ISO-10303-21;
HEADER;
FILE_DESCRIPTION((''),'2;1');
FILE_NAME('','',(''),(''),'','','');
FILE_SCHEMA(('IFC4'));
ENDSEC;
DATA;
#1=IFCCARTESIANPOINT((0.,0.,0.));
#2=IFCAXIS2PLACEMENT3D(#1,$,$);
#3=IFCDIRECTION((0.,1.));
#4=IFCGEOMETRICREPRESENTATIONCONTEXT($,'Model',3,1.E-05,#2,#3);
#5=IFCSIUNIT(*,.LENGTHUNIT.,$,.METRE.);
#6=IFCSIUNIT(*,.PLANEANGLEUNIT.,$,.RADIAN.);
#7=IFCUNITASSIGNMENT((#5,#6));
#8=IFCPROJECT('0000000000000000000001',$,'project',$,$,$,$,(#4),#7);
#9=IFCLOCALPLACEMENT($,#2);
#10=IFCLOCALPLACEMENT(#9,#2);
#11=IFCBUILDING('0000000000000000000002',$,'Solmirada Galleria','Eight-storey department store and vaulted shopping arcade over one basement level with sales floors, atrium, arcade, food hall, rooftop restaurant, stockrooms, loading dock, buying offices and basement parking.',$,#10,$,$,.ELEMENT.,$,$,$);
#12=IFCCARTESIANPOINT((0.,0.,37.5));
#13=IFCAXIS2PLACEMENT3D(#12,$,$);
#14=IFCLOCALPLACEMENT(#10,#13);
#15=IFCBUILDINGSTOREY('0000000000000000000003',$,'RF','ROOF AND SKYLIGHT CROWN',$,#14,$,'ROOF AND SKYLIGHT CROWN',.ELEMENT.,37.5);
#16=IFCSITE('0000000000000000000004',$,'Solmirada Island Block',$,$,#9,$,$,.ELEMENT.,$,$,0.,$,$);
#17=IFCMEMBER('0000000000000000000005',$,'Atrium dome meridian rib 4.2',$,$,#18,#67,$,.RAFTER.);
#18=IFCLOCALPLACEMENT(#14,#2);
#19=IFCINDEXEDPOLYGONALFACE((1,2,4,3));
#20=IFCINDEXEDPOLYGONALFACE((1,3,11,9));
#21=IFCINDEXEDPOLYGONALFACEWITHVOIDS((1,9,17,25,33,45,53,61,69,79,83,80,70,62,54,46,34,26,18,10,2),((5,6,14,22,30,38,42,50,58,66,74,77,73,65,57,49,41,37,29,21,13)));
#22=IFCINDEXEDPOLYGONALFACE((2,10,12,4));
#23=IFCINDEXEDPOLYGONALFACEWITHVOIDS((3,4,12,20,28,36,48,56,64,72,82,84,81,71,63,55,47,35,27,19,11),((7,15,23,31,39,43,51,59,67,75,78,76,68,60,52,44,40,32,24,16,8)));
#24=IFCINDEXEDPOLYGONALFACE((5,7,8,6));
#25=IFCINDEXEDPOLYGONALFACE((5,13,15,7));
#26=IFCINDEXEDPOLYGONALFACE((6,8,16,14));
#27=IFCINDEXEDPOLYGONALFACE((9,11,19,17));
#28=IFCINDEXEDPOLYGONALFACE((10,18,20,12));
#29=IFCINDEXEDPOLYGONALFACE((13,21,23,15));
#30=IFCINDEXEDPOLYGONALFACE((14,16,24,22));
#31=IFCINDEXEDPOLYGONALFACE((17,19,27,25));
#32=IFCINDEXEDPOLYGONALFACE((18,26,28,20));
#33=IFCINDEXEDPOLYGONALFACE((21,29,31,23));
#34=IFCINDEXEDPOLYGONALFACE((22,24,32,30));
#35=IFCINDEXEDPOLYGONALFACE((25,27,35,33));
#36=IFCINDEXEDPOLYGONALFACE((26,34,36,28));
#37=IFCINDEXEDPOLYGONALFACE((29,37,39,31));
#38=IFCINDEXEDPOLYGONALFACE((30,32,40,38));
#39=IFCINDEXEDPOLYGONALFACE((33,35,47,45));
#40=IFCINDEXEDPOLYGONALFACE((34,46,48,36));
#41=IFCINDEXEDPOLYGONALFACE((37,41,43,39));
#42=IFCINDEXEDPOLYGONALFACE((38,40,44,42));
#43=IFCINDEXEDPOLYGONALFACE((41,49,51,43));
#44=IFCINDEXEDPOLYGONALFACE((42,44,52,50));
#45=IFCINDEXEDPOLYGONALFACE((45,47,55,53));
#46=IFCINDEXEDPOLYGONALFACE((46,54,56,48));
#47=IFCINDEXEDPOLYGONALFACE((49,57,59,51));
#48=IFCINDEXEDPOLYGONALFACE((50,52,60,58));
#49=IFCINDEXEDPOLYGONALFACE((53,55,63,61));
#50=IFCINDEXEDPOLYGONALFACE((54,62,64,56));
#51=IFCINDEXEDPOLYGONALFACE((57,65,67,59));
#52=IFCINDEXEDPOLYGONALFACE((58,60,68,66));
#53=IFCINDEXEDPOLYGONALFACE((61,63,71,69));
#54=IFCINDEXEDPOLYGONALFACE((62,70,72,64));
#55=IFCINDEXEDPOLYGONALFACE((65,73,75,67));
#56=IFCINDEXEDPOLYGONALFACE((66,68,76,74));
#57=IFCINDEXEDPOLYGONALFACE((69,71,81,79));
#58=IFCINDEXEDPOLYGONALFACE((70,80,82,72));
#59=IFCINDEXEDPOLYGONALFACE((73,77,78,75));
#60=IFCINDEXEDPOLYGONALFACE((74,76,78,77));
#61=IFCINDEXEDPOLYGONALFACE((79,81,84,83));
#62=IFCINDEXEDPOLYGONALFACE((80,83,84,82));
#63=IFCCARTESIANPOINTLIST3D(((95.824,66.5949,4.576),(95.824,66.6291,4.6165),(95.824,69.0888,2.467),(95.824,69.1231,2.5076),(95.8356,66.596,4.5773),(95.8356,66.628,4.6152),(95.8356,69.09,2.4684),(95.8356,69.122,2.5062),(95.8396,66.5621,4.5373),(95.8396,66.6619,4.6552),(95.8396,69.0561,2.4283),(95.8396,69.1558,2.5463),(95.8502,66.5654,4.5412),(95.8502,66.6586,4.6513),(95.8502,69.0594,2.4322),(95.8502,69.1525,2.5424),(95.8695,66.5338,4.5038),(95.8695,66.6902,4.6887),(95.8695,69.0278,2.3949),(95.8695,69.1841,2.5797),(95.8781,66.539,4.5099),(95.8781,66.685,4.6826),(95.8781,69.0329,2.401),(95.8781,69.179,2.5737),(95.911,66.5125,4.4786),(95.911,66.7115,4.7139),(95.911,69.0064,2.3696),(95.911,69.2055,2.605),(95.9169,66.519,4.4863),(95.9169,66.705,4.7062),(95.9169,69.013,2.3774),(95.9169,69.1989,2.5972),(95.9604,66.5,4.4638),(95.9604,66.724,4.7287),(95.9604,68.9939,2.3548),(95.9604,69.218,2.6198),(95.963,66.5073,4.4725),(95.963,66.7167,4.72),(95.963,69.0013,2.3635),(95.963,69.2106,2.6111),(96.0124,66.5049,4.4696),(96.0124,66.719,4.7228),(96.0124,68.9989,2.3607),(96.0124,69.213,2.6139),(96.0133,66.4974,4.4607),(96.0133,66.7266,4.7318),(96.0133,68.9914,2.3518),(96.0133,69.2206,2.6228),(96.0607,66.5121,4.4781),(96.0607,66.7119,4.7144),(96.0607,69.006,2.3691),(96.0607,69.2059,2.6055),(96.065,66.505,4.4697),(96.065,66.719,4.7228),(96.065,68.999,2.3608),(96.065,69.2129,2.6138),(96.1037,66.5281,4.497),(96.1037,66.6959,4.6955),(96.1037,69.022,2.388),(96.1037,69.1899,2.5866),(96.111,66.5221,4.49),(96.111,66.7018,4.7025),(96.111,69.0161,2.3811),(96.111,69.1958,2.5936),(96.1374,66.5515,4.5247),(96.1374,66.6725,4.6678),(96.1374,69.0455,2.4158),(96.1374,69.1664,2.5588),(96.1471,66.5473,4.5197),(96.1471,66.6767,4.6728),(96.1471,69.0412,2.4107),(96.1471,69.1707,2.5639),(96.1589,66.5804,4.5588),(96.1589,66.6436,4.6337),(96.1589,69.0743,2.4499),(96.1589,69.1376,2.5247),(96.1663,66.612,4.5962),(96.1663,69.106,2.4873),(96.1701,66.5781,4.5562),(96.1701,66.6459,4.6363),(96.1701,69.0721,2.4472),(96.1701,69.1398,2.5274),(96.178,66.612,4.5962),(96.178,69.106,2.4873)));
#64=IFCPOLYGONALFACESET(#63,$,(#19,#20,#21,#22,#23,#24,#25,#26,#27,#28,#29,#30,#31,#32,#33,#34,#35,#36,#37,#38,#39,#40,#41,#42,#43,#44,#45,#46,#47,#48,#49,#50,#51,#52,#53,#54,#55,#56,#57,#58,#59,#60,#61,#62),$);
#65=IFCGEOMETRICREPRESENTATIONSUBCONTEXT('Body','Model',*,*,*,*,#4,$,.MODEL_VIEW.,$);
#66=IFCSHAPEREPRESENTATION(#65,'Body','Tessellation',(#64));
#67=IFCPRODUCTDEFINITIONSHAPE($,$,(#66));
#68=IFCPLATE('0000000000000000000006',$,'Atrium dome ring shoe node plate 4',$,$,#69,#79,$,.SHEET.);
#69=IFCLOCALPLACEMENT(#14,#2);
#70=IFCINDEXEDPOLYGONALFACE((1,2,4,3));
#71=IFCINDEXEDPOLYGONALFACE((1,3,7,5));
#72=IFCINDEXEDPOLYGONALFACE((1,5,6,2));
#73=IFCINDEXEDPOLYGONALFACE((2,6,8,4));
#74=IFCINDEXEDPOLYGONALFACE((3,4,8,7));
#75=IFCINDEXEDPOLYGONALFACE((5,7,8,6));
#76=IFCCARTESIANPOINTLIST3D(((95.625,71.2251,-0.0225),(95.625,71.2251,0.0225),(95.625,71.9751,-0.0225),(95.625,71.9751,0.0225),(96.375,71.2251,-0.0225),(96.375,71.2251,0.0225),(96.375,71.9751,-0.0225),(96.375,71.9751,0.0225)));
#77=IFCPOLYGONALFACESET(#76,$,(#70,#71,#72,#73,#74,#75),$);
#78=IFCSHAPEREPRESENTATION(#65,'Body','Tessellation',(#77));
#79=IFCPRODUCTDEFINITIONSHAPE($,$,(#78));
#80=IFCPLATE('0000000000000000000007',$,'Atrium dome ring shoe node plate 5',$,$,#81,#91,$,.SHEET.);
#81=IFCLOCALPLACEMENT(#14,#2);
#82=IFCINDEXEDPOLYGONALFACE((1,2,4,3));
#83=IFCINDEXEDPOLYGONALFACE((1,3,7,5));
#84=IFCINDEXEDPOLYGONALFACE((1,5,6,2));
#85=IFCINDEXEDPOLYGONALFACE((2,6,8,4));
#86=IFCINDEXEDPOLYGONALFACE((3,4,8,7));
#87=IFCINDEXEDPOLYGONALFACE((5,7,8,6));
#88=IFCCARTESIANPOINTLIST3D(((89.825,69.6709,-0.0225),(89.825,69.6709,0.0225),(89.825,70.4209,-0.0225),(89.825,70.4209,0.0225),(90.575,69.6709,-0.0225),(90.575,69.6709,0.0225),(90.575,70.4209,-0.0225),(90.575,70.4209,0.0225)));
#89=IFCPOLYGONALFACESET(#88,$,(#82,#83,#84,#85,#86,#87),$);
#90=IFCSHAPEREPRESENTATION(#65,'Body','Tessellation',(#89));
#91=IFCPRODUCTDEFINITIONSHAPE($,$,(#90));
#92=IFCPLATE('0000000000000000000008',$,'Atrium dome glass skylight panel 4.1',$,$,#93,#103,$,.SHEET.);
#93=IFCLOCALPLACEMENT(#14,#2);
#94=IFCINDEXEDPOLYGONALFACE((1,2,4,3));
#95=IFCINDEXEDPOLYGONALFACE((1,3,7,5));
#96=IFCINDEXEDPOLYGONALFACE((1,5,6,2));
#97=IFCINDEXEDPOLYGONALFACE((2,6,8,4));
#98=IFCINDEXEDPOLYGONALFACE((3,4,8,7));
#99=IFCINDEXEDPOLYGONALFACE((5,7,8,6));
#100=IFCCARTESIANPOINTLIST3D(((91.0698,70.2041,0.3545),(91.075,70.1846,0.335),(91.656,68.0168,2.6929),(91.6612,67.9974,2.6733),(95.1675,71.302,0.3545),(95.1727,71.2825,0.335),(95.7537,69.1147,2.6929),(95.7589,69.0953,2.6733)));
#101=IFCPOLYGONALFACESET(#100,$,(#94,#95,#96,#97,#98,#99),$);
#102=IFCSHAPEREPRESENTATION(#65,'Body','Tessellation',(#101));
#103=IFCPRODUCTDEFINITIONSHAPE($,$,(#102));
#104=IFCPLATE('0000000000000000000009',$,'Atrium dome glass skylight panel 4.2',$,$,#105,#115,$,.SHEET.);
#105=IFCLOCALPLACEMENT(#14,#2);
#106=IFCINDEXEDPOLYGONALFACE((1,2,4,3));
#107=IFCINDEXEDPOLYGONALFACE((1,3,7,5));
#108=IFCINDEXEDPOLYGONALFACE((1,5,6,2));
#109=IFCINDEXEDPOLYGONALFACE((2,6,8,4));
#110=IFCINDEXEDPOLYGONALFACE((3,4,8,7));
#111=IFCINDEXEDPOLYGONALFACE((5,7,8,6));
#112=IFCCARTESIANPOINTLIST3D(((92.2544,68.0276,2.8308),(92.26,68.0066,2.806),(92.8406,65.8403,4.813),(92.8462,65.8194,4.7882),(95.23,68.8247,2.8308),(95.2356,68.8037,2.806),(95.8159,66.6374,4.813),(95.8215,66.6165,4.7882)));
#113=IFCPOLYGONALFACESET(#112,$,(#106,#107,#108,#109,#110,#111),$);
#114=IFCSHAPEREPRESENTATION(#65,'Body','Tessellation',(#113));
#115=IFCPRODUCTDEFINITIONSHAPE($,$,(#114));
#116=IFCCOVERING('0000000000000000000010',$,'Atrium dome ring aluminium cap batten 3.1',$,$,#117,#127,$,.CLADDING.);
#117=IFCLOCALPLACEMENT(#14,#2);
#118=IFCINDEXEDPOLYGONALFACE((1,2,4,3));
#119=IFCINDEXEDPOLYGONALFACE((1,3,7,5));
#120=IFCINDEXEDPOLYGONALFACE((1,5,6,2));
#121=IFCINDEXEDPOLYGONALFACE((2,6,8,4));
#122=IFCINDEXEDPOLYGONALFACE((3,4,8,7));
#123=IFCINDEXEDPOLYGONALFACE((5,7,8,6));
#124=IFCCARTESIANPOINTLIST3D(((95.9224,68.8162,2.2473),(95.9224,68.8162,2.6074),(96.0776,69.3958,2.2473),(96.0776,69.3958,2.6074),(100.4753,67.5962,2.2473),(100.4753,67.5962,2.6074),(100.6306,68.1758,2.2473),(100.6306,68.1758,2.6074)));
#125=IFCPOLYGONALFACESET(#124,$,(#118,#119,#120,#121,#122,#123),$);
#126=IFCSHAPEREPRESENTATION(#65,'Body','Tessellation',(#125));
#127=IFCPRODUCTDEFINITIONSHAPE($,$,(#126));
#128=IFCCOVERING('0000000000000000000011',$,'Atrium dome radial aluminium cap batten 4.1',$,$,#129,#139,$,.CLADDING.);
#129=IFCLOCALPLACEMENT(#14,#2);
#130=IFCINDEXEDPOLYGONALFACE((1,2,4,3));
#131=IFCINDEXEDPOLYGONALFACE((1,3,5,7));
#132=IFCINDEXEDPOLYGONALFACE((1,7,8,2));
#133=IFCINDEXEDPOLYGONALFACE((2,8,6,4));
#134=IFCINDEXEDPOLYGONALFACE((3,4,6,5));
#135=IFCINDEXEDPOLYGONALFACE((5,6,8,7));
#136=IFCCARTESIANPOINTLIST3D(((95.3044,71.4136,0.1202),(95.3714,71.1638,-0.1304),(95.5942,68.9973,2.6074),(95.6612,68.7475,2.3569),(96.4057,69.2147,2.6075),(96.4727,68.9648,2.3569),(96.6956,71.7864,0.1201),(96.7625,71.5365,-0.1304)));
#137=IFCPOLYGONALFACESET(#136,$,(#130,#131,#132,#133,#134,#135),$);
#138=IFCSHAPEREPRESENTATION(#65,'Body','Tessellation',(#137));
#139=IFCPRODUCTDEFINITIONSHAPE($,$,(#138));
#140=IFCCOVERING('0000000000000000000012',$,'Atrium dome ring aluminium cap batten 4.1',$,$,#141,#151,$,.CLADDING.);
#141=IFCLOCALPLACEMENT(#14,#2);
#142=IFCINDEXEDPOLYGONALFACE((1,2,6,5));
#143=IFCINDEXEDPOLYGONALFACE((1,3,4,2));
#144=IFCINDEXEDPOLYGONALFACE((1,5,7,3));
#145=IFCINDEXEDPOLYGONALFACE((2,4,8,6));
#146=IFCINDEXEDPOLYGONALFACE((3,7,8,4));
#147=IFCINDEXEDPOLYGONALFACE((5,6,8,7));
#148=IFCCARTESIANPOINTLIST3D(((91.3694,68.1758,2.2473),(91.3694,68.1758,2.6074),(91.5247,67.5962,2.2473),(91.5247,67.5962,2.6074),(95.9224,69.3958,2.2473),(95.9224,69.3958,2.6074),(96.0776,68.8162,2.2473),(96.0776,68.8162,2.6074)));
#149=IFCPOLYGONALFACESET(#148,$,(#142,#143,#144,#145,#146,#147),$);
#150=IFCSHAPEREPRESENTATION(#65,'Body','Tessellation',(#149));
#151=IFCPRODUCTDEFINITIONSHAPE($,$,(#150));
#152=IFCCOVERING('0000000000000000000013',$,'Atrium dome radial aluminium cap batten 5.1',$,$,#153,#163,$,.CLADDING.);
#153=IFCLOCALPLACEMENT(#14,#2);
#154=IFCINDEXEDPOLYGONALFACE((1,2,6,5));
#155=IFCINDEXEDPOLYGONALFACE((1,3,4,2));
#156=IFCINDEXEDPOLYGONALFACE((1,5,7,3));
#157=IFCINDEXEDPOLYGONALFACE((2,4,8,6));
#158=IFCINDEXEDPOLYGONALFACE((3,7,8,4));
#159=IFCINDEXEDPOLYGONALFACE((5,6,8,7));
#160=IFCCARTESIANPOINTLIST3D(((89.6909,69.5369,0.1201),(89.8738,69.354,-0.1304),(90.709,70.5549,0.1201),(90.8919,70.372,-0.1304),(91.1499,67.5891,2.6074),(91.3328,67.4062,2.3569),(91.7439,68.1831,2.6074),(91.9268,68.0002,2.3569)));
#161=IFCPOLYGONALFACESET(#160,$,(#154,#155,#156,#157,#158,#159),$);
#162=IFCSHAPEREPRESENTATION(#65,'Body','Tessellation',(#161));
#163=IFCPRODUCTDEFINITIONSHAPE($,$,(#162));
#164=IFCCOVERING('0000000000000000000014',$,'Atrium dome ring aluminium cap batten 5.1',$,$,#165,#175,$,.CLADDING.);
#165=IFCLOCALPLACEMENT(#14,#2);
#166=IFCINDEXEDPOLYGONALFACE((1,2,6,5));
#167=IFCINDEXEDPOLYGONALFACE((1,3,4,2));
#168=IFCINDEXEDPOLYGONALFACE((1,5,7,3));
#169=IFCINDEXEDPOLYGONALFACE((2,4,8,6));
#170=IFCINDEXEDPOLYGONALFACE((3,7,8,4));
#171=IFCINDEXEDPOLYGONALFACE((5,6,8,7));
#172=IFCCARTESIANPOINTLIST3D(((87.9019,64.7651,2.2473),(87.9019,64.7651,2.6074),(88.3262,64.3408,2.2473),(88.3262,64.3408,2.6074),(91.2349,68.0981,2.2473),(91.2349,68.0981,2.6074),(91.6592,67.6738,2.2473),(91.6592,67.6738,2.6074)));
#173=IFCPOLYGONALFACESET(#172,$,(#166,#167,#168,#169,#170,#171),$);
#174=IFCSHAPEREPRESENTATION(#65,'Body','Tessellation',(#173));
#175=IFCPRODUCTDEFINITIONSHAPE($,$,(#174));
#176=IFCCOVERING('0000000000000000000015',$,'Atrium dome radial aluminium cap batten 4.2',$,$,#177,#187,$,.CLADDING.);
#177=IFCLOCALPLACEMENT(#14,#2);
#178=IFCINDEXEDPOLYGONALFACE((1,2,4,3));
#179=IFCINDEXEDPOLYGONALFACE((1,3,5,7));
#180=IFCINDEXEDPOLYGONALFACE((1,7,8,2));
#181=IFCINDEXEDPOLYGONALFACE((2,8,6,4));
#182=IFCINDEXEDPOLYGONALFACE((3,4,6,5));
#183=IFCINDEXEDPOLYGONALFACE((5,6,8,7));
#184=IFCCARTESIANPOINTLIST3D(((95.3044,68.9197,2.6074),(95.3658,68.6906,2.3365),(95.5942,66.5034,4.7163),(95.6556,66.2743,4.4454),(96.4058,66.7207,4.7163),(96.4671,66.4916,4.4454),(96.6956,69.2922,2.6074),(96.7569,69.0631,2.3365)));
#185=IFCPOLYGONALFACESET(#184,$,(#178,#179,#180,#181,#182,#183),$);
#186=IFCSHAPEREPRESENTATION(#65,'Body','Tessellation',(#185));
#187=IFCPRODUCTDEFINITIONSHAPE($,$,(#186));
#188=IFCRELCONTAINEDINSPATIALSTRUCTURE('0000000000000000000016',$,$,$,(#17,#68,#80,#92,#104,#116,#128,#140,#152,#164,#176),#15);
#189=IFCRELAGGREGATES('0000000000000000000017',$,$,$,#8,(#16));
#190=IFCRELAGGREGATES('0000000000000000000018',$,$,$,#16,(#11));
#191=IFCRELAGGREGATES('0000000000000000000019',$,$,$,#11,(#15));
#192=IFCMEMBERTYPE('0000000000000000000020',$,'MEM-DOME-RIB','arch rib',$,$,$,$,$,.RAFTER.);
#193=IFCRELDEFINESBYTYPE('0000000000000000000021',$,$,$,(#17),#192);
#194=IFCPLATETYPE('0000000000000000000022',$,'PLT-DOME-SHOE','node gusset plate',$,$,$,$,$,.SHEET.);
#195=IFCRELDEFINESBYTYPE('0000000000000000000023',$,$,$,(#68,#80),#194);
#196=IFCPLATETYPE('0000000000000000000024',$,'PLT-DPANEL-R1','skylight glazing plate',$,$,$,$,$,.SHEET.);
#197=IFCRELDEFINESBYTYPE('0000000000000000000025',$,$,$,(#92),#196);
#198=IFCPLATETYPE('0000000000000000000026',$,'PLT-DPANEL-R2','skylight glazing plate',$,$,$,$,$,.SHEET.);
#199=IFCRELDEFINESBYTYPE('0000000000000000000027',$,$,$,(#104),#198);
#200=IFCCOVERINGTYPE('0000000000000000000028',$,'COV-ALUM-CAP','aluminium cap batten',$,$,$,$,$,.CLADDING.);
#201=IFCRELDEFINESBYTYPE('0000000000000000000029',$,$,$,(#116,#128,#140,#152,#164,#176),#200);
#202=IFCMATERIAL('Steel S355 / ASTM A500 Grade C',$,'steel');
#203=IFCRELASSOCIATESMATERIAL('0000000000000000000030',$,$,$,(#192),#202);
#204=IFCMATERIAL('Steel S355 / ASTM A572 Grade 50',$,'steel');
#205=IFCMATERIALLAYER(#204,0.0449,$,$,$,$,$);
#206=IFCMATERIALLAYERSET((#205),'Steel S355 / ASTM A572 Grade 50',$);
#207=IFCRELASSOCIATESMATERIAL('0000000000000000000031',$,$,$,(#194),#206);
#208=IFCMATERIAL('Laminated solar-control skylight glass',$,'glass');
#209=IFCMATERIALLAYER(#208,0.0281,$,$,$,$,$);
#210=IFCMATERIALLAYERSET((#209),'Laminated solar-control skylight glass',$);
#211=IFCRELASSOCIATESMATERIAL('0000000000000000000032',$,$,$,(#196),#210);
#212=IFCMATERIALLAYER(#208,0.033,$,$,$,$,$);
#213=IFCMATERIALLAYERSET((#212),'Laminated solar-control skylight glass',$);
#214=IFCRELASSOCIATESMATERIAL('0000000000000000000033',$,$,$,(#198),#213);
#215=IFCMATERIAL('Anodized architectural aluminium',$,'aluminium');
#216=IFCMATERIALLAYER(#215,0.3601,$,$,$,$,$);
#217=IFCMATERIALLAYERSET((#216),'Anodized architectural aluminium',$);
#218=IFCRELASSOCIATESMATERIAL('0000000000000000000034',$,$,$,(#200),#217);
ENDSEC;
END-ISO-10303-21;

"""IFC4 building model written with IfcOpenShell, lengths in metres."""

from ifc_helpers import new_model, si_unit, direction, frame, origin, origin_2d, place, context, subcontext, project, spatial, polyline, rectangle, hollow_circle, outline, extrude, material, layer, layer_set, material_profile, profile_set, type_object, element, save


model = new_model("IFC4")

# Units and contexts
model_context = context("Model", 3, precision=1e-05, world=origin(), true_north=direction((0.0, 1.0)))
body_context = subcontext(model_context, "Body", "Model", "MODEL_VIEW")
ifc_project = project(units=[si_unit("LENGTHUNIT", "METRE"), si_unit("PLANEANGLEUNIT", "RADIAN")], contexts=[model_context])

# Site, building, storey
site_placement = place(None, origin())
site = spatial("IfcSite", under=ifc_project, at=site_placement, Name="Solmirada Island Block", CompositionType="ELEMENT", RefElevation=0.0)
building_placement = place(site_placement, origin())
building = spatial("IfcBuilding", under=site, at=building_placement, Name="Solmirada Galleria", Description="Eight-storey department store and vaulted shopping arcade over one basement level with sales floors, atrium, arcade, food hall, rooftop restaurant, stockrooms, loading dock, buying offices and basement parking.", CompositionType="ELEMENT")
storey_placement = place(building_placement, frame((0.0, 0.0, 37.5)))
storey = spatial("IfcBuildingStorey", under=building, at=storey_placement, Name="RF", Description="ROOF AND SKYLIGHT CROWN", LongName="ROOF AND SKYLIGHT CROWN", CompositionType="ELEMENT", Elevation=37.5)

# Member
ifc_material_1 = material(Name="Steel S355 / ASTM A500 Grade C", Category="steel")
ifc_material_profile_1 = material_profile(ifc_material_1, hollow_circle(Radius=0.178, WallThickness=0.0117, at=origin_2d()), Name="HSS14.000X0.500")
ifc_profile_set_1 = profile_set([ifc_material_profile_1], Name="Steel S355 / ASTM A500 Grade C")
member_type_1 = type_object("IfcMemberType", Name="MEM-DOME-RIB", Description="arch rib", PredefinedType="RAFTER", material=ifc_profile_set_1)
member_1_placement = place(storey_placement, frame((96.0, 69.106, 2.4873), z_axis=(0.0, -0.763588, 0.645704), x_axis=(1.0, 0.0, 0.0)))
element("IfcMember", 1, at=member_1_placement, inside=storey, type_object=member_type_1, Name="Atrium dome meridian rib 4.2", PredefinedType="RAFTER", context=body_context, shape_type="SweptSolid", body=[
    extrude(hollow_circle(Radius=0.178, WallThickness=0.0117, at=origin_2d()), origin(), (0.0, 0.0, 1.0), 3.2661),
])

# Plates
ifc_material_2 = material(Name="Steel S355 / ASTM A572 Grade 50", Category="steel")
ifc_layer_1 = layer(ifc_material_2, 0.0449)
ifc_layer_set_1 = layer_set([ifc_layer_1], Name="Steel S355 / ASTM A572 Grade 50")
plate_type_1 = type_object("IfcPlateType", Name="PLT-DOME-SHOE", Description="node gusset plate", PredefinedType="SHEET", material=ifc_layer_set_1)
for number, where, z_axis, x_axis, name in (
    (2, (96.0, 71.6001, -0.0225), (0.0, 0.0, 1.0), (1.0, 0.0, 0.0), "Atrium dome ring shoe node plate 4"),
    (3, (90.2, 70.0459, -0.0225), (0.0, 0.0, 1.0), (1.0, 0.0, 0.0), "Atrium dome ring shoe node plate 5"),
):
    element("IfcPlate", number, at=place(storey_placement, frame(where, z_axis=z_axis, x_axis=x_axis)), inside=storey, type_object=plate_type_1, Name=name, PredefinedType="SHEET", context=body_context, shape_type="SweptSolid", body=[
        extrude(rectangle(XDim=0.75, YDim=0.75, at=origin_2d()), origin(), (0.0, 0.0, 1.0), 0.0449),
    ])
ifc_material_3 = material(Name="Laminated solar-control skylight glass", Category="glass")
ifc_layer_2 = layer(ifc_material_3, 0.0281)
ifc_layer_set_2 = layer_set([ifc_layer_2], Name="Laminated solar-control skylight glass")
plate_type_2 = type_object("IfcPlateType", Name="PLT-DPANEL-R1", Description="skylight glazing plate", PredefinedType="SHEET", material=ifc_layer_set_2)
plate_1_placement = place(storey_placement, frame((95.1675, 71.302, 0.3545), z_axis=(-0.185919, 0.693897, 0.695658), x_axis=(-0.96593, -0.258805, 0.0)))
element("IfcPlate", 4, at=plate_1_placement, inside=storey, type_object=plate_type_2, Name="Atrium dome glass skylight panel 4.1", PredefinedType="SHEET", context=body_context, shape_type="SweptSolid", body=[
    extrude(outline(polyline([(0.0, 0.0), (4.2422, 0.0), (4.2421, 3.2551), (-0.0001, 3.2551), (0.0, 0.0)])), origin(), (0.0, 0.0, -1.0), 0.0281),
])
ifc_layer_3 = layer(ifc_material_3, 0.033)
ifc_layer_set_3 = layer_set([ifc_layer_3], Name="Laminated solar-control skylight glass")
plate_type_3 = type_object("IfcPlateType", Name="PLT-DPANEL-R2", Description="skylight glazing plate", PredefinedType="SHEET", material=ifc_layer_set_3)
plate_2_placement = place(storey_placement, frame((95.23, 68.8247, 2.8308), z_axis=(-0.170443, 0.636224, 0.752442), x_axis=(-0.96594, -0.258767, -0.000005)))
element("IfcPlate", 5, at=plate_2_placement, inside=storey, type_object=plate_type_3, Name="Atrium dome glass skylight panel 4.2", PredefinedType="SHEET", context=body_context, shape_type="SweptSolid", body=[
    extrude(outline(polyline([(0.0, 0.0), (3.0805, 0.0), (3.0803, 3.0094), (0.0, 3.0094), (0.0, 0.0)])), origin(), (0.0, 0.0, -1.0), 0.033),
])

# Coverings
ifc_material_4 = material(Name="Anodized architectural aluminium", Category="aluminium")
ifc_layer_4 = layer(ifc_material_4, 0.3601)
ifc_layer_set_4 = layer_set([ifc_layer_4], Name="Anodized architectural aluminium")
covering_type = type_object("IfcCoveringType", Name="COV-ALUM-CAP", Description="aluminium cap batten", PredefinedType="CLADDING", material=ifc_layer_set_4)
covering_1_placement = place(storey_placement, frame((100.6306, 68.1758, 2.6074), z_axis=(0.0, 0.0, 1.0), x_axis=(-0.258777, -0.965937, 0.0)))
element("IfcCovering", 6, at=covering_1_placement, inside=storey, type_object=covering_type, Name="Atrium dome ring aluminium cap batten 3.1", PredefinedType="CLADDING", context=body_context, shape_type="SweptSolid", body=[
    extrude(outline(polyline([(0.0, 0.0), (0.6, 0.0), (0.5998, -4.7136), (-0.0002, -4.7136), (0.0, 0.0)])), origin(), (0.0, 0.0, -1.0), 0.3601),
])
covering_2_placement = place(storey_placement, frame((96.6956, 71.7864, 0.1201), z_axis=(-0.185882, 0.693846, 0.695719), x_axis=(-0.965927, -0.258814, 0.000041)))
element("IfcCovering", 7, at=covering_2_placement, inside=storey, type_object=covering_type, Name="Atrium dome radial aluminium cap batten 4.1", PredefinedType="CLADDING", context=body_context, shape_type="SweptSolid", body=[
    extrude(outline(polyline([(0.0, 0.0), (1.4402, 0.0), (1.7857, 3.4626), (0.9456, 3.4627), (0.0, 0.0)])), origin(), (0.0, 0.0, -1.0), 0.3601),
])
covering_3_placement = place(storey_placement, frame((95.9224, 69.3958, 2.6074), z_axis=(0.0, 0.0, 1.0), x_axis=(0.258777, -0.965937, 0.0)))
element("IfcCovering", 8, at=covering_3_placement, inside=storey, type_object=covering_type, Name="Atrium dome ring aluminium cap batten 4.1", PredefinedType="CLADDING", context=body_context, shape_type="SweptSolid", body=[
    extrude(outline(polyline([(0.0, 0.0), (0.6, 0.0), (0.6002, -4.7136), (0.0002, -4.7136), (0.0, 0.0)])), origin(), (0.0, 0.0, -1.0), 0.3601),
])
covering_4_placement = place(storey_placement, frame((90.709, 70.5549, 0.1201), z_axis=(-0.507939, 0.507939, 0.695699), x_axis=(-0.707107, -0.707107, 0.0)))
element("IfcCovering", 9, at=covering_4_placement, inside=storey, type_object=covering_type, Name="Atrium dome radial aluminium cap batten 5.1", PredefinedType="CLADDING", context=body_context, shape_type="SweptSolid", body=[
    extrude(outline(polyline([(0.0, 0.0), (1.4398, 0.0), (1.7854, 3.4626), (0.9453, 3.4626), (0.0, 0.0)])), origin(), (0.0, 0.0, -1.0), 0.3601),
])
covering_5_placement = place(storey_placement, frame((91.2349, 68.0981, 2.6074), z_axis=(0.0, 0.0, 1.0), x_axis=(0.707107, -0.707107, 0.0)))
element("IfcCovering", 10, at=covering_5_placement, inside=storey, type_object=covering_type, Name="Atrium dome ring aluminium cap batten 5.1", PredefinedType="CLADDING", context=body_context, shape_type="SweptSolid", body=[
    extrude(outline(polyline([(0.0, 0.0), (0.6001, 0.0), (0.6001, -4.7136), (0.0, -4.7136), (0.0, 0.0)])), origin(), (0.0, 0.0, -1.0), 0.3601),
])
covering_6_placement = place(storey_placement, frame((96.6956, 69.2922, 2.6074), z_axis=(-0.170385, 0.636263, 0.752422), x_axis=(-0.965961, -0.258687, 0.000011)))
element("IfcCovering", 11, at=covering_6_placement, inside=storey, type_object=covering_type, Name="Atrium dome radial aluminium cap batten 4.2", PredefinedType="CLADDING", context=body_context, shape_type="SweptSolid", body=[
    extrude(outline(polyline([(0.0, 0.0), (1.4401, 0.0), (1.7853, 3.2017), (0.9452, 3.2017), (0.0, 0.0)])), origin(), (0.0, 0.0, -1.0), 0.3601),
])

save(model, "model.ifc")
